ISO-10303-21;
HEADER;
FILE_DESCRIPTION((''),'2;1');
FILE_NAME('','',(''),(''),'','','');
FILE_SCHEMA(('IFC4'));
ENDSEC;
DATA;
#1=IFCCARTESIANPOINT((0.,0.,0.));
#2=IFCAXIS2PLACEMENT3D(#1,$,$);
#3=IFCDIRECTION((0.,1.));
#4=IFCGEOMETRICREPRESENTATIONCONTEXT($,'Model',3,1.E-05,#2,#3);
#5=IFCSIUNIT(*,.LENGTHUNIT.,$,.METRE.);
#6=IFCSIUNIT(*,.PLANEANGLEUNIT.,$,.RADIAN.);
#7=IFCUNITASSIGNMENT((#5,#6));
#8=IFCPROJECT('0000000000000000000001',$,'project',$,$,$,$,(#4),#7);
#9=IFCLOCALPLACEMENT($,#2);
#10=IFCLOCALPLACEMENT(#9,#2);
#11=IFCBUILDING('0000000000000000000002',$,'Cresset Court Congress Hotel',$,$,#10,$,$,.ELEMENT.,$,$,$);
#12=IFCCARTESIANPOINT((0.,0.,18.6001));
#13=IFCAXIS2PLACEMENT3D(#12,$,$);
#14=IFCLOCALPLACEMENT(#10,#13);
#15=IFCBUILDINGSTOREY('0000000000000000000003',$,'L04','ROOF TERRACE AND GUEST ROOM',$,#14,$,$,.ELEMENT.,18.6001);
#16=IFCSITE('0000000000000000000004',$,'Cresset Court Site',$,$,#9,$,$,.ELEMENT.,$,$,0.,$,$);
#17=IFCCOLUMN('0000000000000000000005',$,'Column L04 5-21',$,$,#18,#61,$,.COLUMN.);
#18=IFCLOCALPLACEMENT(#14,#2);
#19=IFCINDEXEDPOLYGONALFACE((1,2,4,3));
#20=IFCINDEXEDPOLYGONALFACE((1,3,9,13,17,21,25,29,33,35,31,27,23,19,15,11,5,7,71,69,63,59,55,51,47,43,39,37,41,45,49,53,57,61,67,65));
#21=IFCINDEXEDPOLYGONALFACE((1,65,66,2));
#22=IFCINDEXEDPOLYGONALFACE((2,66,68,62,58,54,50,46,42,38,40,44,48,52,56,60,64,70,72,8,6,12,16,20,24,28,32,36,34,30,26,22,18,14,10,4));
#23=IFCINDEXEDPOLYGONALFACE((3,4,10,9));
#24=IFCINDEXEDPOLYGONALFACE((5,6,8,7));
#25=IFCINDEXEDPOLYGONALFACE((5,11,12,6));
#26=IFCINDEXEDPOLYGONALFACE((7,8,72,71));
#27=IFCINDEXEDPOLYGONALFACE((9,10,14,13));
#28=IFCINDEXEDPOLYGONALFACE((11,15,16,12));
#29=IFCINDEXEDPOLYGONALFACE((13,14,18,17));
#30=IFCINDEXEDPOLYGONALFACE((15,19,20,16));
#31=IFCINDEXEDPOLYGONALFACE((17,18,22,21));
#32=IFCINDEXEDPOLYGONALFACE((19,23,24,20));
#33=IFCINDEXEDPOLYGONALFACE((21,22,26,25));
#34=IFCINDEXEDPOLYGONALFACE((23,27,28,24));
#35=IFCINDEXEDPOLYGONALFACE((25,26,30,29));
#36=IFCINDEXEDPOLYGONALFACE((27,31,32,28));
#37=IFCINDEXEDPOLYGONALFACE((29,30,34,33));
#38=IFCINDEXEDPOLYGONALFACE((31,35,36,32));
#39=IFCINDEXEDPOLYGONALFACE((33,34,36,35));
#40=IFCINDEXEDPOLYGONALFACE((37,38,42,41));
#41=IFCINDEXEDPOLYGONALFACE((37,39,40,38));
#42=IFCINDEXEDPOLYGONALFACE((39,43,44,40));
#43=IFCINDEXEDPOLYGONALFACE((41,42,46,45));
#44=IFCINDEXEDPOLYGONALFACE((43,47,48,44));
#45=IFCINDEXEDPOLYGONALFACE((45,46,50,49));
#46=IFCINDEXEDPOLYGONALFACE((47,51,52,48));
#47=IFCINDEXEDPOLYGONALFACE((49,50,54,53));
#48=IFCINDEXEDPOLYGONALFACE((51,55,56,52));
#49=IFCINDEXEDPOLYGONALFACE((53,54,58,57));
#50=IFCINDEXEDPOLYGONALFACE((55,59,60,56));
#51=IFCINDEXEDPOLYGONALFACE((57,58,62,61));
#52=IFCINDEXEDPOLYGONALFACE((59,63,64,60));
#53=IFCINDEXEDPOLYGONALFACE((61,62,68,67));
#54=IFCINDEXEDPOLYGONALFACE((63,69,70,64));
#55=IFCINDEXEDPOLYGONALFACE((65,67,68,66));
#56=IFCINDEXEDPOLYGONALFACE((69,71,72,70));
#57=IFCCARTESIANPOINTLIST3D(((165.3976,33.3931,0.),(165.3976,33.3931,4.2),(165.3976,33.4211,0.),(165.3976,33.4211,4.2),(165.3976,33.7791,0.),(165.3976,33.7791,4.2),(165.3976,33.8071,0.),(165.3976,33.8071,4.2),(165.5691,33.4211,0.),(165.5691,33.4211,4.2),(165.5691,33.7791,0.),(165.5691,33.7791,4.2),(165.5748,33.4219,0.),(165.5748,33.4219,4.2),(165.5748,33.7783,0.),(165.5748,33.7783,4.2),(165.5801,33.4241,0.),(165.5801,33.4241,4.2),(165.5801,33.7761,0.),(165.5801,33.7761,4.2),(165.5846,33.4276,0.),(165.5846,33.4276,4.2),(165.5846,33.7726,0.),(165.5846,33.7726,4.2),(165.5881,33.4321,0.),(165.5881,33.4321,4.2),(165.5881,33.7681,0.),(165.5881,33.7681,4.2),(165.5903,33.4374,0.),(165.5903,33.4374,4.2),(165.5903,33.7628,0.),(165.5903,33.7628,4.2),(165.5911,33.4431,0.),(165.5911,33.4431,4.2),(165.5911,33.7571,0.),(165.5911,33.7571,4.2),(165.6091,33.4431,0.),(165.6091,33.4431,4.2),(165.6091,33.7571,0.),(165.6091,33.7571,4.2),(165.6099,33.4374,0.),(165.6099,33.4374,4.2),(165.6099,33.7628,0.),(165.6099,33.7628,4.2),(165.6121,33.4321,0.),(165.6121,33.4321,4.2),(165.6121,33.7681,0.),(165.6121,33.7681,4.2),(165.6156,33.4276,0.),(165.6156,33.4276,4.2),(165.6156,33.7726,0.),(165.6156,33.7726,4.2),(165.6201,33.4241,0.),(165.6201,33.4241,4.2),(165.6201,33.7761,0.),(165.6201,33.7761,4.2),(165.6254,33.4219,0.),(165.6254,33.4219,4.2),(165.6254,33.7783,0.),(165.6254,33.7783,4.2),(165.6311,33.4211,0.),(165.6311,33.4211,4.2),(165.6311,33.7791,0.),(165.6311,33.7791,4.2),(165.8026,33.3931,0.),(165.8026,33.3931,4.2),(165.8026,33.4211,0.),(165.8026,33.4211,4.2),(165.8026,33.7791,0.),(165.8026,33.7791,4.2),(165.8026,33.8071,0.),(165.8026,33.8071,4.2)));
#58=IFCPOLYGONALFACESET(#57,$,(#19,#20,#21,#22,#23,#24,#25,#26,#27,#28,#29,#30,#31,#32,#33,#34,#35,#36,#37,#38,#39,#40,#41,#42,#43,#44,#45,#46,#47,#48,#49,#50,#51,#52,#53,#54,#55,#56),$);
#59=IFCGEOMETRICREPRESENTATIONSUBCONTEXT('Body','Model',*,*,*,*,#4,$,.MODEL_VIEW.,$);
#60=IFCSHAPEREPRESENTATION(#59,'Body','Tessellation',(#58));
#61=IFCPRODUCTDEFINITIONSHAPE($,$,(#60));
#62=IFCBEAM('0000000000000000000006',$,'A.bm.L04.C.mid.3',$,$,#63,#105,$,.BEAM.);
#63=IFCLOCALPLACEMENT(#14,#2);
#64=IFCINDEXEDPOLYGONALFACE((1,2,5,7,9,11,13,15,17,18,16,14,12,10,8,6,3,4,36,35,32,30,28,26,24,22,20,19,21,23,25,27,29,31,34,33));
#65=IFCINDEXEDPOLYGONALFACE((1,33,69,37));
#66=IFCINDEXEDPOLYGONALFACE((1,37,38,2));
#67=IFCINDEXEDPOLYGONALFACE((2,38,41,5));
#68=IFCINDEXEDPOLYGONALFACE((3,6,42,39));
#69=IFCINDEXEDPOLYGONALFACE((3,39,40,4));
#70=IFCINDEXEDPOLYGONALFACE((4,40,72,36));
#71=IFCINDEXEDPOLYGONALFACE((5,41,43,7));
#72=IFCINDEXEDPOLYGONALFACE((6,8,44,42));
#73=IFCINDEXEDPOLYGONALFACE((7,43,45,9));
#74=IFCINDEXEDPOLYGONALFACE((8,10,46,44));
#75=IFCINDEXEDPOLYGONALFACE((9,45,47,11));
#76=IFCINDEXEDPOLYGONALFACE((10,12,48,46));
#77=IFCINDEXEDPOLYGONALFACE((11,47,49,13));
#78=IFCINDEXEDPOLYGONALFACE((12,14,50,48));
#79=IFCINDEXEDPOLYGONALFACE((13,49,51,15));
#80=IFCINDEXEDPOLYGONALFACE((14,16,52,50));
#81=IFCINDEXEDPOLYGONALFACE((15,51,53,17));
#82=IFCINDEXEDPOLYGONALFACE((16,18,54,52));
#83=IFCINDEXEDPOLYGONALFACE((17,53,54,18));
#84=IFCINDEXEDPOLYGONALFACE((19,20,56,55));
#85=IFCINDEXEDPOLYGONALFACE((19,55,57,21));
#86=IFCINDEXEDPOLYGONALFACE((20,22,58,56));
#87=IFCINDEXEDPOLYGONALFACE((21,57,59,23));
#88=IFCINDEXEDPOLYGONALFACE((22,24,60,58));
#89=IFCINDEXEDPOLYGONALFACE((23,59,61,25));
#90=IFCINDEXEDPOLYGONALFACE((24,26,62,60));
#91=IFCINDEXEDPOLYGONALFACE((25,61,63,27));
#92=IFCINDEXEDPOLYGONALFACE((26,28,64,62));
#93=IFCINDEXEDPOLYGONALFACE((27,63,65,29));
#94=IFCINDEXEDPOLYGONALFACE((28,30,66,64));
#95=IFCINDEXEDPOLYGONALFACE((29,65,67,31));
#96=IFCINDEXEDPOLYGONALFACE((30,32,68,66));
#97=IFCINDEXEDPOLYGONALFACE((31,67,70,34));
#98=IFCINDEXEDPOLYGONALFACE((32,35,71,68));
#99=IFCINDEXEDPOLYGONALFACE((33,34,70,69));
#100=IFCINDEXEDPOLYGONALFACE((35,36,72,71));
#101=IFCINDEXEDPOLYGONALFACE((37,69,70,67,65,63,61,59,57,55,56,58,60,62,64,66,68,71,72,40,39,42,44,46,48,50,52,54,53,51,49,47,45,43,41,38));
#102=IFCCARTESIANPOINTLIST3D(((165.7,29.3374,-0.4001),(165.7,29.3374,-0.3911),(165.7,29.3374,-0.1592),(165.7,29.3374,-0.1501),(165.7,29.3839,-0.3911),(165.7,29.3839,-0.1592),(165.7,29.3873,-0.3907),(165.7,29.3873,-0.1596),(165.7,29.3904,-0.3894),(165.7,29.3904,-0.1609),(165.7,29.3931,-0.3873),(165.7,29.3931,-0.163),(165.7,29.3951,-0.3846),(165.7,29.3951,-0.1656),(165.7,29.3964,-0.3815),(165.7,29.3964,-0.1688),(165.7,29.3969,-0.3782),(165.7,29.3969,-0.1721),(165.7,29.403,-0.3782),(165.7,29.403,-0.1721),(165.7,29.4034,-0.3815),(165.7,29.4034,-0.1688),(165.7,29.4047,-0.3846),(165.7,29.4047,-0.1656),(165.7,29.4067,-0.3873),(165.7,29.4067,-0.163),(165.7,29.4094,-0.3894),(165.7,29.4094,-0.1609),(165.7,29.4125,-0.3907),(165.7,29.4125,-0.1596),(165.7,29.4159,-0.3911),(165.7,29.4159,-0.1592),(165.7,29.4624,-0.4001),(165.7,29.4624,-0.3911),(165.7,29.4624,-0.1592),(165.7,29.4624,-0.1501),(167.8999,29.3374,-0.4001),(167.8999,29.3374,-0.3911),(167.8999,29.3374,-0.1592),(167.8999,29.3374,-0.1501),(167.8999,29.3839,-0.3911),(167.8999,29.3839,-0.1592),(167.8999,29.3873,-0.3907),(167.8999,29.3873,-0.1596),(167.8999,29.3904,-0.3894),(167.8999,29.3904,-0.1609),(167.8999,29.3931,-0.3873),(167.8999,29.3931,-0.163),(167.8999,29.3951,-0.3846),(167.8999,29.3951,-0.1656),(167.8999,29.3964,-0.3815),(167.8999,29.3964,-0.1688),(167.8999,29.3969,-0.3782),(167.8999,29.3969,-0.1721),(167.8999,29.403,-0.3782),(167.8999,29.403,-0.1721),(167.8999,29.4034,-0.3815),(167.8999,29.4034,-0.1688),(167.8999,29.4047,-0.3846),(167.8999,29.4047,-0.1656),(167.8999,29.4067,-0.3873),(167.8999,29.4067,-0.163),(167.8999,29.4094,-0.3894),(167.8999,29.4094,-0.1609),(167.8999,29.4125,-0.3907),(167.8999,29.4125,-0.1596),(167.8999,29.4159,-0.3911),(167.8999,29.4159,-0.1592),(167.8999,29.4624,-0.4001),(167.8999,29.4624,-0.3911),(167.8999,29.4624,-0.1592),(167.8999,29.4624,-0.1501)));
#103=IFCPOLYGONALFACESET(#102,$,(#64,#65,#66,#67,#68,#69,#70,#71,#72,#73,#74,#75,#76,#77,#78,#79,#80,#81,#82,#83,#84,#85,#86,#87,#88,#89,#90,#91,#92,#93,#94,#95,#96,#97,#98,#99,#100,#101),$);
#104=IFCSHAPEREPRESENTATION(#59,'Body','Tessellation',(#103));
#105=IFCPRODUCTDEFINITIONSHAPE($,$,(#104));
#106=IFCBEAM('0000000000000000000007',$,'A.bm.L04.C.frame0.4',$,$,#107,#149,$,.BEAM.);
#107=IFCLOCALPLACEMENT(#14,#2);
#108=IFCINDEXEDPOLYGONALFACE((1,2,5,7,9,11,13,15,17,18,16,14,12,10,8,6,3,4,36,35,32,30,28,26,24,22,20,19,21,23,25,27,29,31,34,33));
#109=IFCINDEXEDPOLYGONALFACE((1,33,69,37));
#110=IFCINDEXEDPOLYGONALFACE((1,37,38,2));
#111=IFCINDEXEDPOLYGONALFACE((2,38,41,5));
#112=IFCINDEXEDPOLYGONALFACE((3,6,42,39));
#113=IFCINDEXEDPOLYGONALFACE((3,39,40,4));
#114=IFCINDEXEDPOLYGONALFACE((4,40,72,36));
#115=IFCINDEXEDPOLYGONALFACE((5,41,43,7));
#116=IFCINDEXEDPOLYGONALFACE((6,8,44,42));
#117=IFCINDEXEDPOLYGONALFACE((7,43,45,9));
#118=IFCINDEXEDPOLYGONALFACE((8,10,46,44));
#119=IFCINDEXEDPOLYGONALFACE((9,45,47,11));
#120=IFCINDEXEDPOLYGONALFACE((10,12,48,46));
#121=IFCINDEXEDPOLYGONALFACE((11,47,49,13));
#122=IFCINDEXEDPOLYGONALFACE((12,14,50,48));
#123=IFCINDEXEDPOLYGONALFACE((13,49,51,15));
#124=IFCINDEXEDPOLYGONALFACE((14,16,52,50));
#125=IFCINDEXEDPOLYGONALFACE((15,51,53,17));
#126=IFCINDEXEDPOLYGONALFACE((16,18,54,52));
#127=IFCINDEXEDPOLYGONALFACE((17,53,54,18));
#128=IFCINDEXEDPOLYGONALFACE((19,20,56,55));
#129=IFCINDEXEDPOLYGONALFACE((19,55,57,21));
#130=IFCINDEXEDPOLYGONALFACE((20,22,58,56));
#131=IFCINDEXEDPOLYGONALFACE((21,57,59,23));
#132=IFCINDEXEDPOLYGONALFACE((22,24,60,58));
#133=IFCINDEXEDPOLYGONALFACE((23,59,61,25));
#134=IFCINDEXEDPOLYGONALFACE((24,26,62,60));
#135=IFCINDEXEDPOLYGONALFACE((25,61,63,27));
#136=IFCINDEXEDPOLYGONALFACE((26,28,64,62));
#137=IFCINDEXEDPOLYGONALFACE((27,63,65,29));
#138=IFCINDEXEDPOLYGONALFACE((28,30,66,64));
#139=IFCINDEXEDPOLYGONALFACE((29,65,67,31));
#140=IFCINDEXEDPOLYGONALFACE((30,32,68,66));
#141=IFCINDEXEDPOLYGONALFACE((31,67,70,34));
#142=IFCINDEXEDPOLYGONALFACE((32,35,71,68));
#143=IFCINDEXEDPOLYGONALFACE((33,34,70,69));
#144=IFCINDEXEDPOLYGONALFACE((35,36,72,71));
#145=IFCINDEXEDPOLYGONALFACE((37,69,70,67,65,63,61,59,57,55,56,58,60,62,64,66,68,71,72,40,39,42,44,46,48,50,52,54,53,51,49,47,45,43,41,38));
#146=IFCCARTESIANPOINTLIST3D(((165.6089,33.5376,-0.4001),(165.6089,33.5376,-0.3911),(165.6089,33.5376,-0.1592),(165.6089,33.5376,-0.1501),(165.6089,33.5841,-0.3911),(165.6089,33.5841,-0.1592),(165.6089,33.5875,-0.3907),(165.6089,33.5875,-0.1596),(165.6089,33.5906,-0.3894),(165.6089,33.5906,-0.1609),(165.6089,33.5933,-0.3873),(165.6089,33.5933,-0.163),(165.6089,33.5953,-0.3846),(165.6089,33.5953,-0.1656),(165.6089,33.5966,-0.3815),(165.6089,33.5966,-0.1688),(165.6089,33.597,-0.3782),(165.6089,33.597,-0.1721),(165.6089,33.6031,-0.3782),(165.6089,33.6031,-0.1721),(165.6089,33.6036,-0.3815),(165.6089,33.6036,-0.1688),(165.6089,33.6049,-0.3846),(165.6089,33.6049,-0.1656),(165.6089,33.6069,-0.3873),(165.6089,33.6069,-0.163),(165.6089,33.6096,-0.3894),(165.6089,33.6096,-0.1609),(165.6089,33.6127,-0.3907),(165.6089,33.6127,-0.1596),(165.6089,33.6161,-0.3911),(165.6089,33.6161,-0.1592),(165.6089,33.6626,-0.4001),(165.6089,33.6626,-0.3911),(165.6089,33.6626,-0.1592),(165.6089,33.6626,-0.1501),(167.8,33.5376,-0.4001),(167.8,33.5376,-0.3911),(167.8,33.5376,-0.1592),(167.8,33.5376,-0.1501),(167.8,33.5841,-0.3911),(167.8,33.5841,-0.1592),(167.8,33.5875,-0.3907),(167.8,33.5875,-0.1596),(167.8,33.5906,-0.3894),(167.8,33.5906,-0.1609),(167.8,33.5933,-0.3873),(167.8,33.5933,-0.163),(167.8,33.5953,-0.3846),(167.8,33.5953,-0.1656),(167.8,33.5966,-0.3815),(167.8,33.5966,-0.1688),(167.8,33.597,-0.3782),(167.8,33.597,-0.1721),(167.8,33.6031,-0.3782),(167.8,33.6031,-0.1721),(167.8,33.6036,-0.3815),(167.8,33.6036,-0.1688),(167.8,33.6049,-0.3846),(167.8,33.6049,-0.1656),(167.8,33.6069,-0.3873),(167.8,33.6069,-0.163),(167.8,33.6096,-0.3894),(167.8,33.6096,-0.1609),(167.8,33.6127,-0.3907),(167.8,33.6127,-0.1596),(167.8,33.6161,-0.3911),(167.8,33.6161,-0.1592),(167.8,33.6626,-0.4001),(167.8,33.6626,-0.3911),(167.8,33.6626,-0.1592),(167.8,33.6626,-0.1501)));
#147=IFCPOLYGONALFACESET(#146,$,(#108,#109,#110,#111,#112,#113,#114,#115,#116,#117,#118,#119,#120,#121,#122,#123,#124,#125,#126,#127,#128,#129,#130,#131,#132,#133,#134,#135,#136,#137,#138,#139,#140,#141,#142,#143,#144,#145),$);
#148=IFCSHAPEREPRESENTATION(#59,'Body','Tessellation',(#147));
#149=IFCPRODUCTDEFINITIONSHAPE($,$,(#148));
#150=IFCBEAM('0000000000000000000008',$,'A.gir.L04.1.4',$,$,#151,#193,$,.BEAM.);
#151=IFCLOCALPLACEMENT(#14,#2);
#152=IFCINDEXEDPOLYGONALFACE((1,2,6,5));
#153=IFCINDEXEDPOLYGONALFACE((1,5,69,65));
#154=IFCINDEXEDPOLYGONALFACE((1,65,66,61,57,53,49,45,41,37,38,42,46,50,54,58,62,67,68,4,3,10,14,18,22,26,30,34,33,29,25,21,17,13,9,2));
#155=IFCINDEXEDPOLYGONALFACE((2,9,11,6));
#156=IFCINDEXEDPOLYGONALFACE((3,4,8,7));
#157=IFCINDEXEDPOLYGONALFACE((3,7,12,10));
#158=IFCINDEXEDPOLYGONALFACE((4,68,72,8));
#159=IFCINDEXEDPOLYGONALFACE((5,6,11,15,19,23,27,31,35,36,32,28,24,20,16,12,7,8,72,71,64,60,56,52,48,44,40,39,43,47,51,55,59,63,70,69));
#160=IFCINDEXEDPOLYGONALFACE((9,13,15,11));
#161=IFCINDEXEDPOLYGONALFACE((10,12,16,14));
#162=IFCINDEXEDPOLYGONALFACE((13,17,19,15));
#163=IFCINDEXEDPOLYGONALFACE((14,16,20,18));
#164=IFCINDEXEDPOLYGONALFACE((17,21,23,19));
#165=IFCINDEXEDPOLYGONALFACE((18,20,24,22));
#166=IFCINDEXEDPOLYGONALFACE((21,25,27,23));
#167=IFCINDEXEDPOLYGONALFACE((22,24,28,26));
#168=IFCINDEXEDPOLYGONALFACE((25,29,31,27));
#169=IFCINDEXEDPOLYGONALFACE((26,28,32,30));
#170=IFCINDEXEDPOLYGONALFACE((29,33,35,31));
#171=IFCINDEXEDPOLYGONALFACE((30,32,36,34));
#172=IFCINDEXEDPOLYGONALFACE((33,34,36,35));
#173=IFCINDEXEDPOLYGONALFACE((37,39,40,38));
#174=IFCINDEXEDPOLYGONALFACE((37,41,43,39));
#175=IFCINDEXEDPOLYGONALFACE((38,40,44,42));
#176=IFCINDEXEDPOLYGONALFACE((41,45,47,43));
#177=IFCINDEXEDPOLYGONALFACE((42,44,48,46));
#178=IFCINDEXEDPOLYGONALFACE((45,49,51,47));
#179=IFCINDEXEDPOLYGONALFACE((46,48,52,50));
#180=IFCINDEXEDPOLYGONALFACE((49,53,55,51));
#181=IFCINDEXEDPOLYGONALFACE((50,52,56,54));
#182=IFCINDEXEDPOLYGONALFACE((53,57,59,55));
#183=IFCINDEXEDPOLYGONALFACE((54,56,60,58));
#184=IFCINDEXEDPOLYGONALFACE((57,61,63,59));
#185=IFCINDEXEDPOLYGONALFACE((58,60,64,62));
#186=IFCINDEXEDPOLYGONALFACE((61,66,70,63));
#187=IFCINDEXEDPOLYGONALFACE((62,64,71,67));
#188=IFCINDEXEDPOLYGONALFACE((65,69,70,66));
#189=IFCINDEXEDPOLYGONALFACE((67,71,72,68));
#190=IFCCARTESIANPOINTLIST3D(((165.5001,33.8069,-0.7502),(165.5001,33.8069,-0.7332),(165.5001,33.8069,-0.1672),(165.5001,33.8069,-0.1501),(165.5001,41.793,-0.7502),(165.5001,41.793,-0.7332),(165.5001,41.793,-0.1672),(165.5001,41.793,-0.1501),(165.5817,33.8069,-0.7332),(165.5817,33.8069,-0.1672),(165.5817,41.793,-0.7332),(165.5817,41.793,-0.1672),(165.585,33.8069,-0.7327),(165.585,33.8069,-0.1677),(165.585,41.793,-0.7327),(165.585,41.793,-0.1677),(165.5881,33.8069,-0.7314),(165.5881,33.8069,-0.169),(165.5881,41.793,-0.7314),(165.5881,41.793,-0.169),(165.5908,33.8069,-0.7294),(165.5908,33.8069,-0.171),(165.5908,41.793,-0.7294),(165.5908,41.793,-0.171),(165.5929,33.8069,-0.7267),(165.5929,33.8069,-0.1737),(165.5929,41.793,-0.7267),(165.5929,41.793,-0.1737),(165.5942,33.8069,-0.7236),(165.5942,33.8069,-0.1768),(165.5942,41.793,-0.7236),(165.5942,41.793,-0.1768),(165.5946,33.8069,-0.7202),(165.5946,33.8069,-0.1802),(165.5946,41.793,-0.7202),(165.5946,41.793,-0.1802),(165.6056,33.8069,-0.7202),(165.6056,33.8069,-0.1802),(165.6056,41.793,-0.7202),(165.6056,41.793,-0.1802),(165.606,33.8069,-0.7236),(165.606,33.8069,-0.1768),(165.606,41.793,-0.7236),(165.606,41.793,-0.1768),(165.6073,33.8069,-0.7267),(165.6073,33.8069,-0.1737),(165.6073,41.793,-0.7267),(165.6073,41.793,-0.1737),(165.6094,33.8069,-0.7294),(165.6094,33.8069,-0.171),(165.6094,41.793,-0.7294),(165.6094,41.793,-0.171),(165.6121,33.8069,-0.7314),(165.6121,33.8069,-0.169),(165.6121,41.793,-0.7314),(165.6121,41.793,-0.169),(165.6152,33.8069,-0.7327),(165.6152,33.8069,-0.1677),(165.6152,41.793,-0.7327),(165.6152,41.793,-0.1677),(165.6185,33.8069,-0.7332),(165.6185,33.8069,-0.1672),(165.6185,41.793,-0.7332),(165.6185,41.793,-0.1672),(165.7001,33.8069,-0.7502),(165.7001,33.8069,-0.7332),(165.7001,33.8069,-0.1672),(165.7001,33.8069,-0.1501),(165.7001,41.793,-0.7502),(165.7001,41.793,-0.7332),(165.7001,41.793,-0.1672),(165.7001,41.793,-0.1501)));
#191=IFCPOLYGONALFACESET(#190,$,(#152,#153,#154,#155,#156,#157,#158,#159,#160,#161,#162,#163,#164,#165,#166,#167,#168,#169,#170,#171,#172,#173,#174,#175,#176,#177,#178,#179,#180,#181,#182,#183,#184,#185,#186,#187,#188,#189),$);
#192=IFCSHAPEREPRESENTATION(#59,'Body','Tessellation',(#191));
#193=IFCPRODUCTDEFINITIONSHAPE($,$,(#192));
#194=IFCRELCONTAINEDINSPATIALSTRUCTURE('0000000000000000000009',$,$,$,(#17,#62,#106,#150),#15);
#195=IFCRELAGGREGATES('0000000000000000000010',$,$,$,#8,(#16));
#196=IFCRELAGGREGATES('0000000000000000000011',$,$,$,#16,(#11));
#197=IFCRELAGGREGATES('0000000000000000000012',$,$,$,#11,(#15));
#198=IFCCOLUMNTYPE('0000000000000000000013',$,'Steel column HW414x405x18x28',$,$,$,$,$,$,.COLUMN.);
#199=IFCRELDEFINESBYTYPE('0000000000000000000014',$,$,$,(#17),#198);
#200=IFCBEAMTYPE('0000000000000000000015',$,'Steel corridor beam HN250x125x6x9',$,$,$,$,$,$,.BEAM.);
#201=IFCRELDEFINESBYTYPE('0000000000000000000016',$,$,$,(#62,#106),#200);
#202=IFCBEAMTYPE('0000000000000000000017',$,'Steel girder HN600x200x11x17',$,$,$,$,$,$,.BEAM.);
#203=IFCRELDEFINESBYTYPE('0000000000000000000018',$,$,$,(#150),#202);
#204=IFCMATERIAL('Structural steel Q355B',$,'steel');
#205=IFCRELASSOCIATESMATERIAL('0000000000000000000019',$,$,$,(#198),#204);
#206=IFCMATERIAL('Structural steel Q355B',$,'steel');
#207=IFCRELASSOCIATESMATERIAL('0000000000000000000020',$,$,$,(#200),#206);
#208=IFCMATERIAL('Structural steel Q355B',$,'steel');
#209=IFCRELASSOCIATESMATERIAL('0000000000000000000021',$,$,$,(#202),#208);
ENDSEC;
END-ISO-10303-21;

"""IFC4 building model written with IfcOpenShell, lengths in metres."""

from ifc_helpers import new_model, si_unit, direction, frame, origin, origin_2d, place, context, subcontext, project, spatial, i_section, extrude, material, material_profile, profile_set, type_object, element, save


model = new_model("IFC4")

# Units and contexts
model_context = context("Model", 3, precision=1e-05, world=origin(), true_north=direction((0.0, 1.0)))
body_context = subcontext(model_context, "Body", "Model", "MODEL_VIEW")
ifc_project = project(units=[si_unit("LENGTHUNIT", "METRE"), si_unit("PLANEANGLEUNIT", "RADIAN")], contexts=[model_context])

# Site, building, storey
site_placement = place(None, origin())
site = spatial("IfcSite", under=ifc_project, at=site_placement, Name="Cresset Court Site", CompositionType="ELEMENT", RefElevation=0.0)
building_placement = place(site_placement, origin())
building = spatial("IfcBuilding", under=site, at=building_placement, Name="Cresset Court Congress Hotel", CompositionType="ELEMENT")
storey_placement = place(building_placement, frame((0.0, 0.0, 18.6001)))
storey = spatial("IfcBuildingStorey", under=building, at=storey_placement, Name="L04", Description="ROOF TERRACE AND GUEST ROOM", CompositionType="ELEMENT", Elevation=18.6001)

# Column
ifc_material_1 = material(Name="Structural steel Q355B", Category="steel")
ifc_material_profile_1 = material_profile(ifc_material_1, i_section(OverallWidth=0.405, OverallDepth=0.4141, WebThickness=0.0181, FlangeThickness=0.0281, FilletRadius=0.022, at=origin_2d()), Name="HW414x405x18x28")
ifc_profile_set_1 = profile_set([ifc_material_profile_1], Name="Structural steel Q355B")
column_type = type_object("IfcColumnType", Name="Steel column HW414x405x18x28", PredefinedType="COLUMN", material=ifc_profile_set_1)
column_placement = place(storey_placement, frame((165.6001, 33.6001, 0.0), z_axis=(0.0, 0.0, 1.0), x_axis=(1.0, 0.0, 0.0)))
element("IfcColumn", 1, at=column_placement, inside=storey, type_object=column_type, Name="Column L04 5-21", PredefinedType="COLUMN", context=body_context, shape_type="SweptSolid", body=[
    extrude(i_section(OverallWidth=0.405, OverallDepth=0.4141, WebThickness=0.0181, FlangeThickness=0.0281, FilletRadius=0.022, at=origin_2d()), origin(), (0.0, 0.0, 1.0), 4.2),
])

# Beams
ifc_material_2 = material(Name="Structural steel Q355B", Category="steel")
ifc_material_profile_2 = material_profile(ifc_material_2, i_section(OverallWidth=0.125, OverallDepth=0.25, WebThickness=0.0061, FlangeThickness=0.009, FilletRadius=0.0129, at=origin_2d()), Name="HN250x125x6x9")
ifc_profile_set_2 = profile_set([ifc_material_profile_2], Name="Structural steel Q355B")
beam_type_1 = type_object("IfcBeamType", Name="Steel corridor beam HN250x125x6x9", PredefinedType="BEAM", material=ifc_profile_set_2)
beam_1_placement = place(storey_placement, frame((165.7, 29.3999, -0.2751), z_axis=(1.0, 0.0, 0.0), x_axis=(0.0, 1.0, 0.0)))
element("IfcBeam", 2, at=beam_1_placement, inside=storey, type_object=beam_type_1, Name="A.bm.L04.C.mid.3", PredefinedType="BEAM", context=body_context, shape_type="SweptSolid", body=[
    extrude(i_section(OverallWidth=0.125, OverallDepth=0.25, WebThickness=0.0061, FlangeThickness=0.009, FilletRadius=0.0129, at=origin_2d()), origin(), (0.0, 0.0, 1.0), 2.2),
])
beam_2_placement = place(storey_placement, frame((165.6089, 33.6001, -0.2751), z_axis=(1.0, 0.0, 0.0), x_axis=(0.0, 1.0, 0.0)))
element("IfcBeam", 3, at=beam_2_placement, inside=storey, type_object=beam_type_1, Name="A.bm.L04.C.frame0.4", PredefinedType="BEAM", context=body_context, shape_type="SweptSolid", body=[
    extrude(i_section(OverallWidth=0.125, OverallDepth=0.25, WebThickness=0.0061, FlangeThickness=0.009, FilletRadius=0.0129, at=origin_2d()), origin(), (0.0, 0.0, 1.0), 2.1912),
])
ifc_material_3 = material(Name="Structural steel Q355B", Category="steel")
ifc_material_profile_3 = material_profile(ifc_material_3, i_section(OverallWidth=0.2, OverallDepth=0.6001, WebThickness=0.011, FlangeThickness=0.0171, FilletRadius=0.0129, at=origin_2d()), Name="HN600x200x11x17")
ifc_profile_set_3 = profile_set([ifc_material_profile_3], Name="Structural steel Q355B")
beam_type_2 = type_object("IfcBeamType", Name="Steel girder HN600x200x11x17", PredefinedType="BEAM", material=ifc_profile_set_3)
beam_3_placement = place(storey_placement, frame((165.6001, 33.8069, -0.4502), z_axis=(0.0, 1.0, 0.0), x_axis=(-1.0, 0.0, 0.0)))
element("IfcBeam", 4, at=beam_3_placement, inside=storey, type_object=beam_type_2, Name="A.gir.L04.1.4", PredefinedType="BEAM", context=body_context, shape_type="SweptSolid", body=[
    extrude(i_section(OverallWidth=0.2, OverallDepth=0.6001, WebThickness=0.011, FlangeThickness=0.0171, FilletRadius=0.0129, at=origin_2d()), origin(), (0.0, 0.0, 1.0), 7.9861),
])

save(model, "model.ifc")
